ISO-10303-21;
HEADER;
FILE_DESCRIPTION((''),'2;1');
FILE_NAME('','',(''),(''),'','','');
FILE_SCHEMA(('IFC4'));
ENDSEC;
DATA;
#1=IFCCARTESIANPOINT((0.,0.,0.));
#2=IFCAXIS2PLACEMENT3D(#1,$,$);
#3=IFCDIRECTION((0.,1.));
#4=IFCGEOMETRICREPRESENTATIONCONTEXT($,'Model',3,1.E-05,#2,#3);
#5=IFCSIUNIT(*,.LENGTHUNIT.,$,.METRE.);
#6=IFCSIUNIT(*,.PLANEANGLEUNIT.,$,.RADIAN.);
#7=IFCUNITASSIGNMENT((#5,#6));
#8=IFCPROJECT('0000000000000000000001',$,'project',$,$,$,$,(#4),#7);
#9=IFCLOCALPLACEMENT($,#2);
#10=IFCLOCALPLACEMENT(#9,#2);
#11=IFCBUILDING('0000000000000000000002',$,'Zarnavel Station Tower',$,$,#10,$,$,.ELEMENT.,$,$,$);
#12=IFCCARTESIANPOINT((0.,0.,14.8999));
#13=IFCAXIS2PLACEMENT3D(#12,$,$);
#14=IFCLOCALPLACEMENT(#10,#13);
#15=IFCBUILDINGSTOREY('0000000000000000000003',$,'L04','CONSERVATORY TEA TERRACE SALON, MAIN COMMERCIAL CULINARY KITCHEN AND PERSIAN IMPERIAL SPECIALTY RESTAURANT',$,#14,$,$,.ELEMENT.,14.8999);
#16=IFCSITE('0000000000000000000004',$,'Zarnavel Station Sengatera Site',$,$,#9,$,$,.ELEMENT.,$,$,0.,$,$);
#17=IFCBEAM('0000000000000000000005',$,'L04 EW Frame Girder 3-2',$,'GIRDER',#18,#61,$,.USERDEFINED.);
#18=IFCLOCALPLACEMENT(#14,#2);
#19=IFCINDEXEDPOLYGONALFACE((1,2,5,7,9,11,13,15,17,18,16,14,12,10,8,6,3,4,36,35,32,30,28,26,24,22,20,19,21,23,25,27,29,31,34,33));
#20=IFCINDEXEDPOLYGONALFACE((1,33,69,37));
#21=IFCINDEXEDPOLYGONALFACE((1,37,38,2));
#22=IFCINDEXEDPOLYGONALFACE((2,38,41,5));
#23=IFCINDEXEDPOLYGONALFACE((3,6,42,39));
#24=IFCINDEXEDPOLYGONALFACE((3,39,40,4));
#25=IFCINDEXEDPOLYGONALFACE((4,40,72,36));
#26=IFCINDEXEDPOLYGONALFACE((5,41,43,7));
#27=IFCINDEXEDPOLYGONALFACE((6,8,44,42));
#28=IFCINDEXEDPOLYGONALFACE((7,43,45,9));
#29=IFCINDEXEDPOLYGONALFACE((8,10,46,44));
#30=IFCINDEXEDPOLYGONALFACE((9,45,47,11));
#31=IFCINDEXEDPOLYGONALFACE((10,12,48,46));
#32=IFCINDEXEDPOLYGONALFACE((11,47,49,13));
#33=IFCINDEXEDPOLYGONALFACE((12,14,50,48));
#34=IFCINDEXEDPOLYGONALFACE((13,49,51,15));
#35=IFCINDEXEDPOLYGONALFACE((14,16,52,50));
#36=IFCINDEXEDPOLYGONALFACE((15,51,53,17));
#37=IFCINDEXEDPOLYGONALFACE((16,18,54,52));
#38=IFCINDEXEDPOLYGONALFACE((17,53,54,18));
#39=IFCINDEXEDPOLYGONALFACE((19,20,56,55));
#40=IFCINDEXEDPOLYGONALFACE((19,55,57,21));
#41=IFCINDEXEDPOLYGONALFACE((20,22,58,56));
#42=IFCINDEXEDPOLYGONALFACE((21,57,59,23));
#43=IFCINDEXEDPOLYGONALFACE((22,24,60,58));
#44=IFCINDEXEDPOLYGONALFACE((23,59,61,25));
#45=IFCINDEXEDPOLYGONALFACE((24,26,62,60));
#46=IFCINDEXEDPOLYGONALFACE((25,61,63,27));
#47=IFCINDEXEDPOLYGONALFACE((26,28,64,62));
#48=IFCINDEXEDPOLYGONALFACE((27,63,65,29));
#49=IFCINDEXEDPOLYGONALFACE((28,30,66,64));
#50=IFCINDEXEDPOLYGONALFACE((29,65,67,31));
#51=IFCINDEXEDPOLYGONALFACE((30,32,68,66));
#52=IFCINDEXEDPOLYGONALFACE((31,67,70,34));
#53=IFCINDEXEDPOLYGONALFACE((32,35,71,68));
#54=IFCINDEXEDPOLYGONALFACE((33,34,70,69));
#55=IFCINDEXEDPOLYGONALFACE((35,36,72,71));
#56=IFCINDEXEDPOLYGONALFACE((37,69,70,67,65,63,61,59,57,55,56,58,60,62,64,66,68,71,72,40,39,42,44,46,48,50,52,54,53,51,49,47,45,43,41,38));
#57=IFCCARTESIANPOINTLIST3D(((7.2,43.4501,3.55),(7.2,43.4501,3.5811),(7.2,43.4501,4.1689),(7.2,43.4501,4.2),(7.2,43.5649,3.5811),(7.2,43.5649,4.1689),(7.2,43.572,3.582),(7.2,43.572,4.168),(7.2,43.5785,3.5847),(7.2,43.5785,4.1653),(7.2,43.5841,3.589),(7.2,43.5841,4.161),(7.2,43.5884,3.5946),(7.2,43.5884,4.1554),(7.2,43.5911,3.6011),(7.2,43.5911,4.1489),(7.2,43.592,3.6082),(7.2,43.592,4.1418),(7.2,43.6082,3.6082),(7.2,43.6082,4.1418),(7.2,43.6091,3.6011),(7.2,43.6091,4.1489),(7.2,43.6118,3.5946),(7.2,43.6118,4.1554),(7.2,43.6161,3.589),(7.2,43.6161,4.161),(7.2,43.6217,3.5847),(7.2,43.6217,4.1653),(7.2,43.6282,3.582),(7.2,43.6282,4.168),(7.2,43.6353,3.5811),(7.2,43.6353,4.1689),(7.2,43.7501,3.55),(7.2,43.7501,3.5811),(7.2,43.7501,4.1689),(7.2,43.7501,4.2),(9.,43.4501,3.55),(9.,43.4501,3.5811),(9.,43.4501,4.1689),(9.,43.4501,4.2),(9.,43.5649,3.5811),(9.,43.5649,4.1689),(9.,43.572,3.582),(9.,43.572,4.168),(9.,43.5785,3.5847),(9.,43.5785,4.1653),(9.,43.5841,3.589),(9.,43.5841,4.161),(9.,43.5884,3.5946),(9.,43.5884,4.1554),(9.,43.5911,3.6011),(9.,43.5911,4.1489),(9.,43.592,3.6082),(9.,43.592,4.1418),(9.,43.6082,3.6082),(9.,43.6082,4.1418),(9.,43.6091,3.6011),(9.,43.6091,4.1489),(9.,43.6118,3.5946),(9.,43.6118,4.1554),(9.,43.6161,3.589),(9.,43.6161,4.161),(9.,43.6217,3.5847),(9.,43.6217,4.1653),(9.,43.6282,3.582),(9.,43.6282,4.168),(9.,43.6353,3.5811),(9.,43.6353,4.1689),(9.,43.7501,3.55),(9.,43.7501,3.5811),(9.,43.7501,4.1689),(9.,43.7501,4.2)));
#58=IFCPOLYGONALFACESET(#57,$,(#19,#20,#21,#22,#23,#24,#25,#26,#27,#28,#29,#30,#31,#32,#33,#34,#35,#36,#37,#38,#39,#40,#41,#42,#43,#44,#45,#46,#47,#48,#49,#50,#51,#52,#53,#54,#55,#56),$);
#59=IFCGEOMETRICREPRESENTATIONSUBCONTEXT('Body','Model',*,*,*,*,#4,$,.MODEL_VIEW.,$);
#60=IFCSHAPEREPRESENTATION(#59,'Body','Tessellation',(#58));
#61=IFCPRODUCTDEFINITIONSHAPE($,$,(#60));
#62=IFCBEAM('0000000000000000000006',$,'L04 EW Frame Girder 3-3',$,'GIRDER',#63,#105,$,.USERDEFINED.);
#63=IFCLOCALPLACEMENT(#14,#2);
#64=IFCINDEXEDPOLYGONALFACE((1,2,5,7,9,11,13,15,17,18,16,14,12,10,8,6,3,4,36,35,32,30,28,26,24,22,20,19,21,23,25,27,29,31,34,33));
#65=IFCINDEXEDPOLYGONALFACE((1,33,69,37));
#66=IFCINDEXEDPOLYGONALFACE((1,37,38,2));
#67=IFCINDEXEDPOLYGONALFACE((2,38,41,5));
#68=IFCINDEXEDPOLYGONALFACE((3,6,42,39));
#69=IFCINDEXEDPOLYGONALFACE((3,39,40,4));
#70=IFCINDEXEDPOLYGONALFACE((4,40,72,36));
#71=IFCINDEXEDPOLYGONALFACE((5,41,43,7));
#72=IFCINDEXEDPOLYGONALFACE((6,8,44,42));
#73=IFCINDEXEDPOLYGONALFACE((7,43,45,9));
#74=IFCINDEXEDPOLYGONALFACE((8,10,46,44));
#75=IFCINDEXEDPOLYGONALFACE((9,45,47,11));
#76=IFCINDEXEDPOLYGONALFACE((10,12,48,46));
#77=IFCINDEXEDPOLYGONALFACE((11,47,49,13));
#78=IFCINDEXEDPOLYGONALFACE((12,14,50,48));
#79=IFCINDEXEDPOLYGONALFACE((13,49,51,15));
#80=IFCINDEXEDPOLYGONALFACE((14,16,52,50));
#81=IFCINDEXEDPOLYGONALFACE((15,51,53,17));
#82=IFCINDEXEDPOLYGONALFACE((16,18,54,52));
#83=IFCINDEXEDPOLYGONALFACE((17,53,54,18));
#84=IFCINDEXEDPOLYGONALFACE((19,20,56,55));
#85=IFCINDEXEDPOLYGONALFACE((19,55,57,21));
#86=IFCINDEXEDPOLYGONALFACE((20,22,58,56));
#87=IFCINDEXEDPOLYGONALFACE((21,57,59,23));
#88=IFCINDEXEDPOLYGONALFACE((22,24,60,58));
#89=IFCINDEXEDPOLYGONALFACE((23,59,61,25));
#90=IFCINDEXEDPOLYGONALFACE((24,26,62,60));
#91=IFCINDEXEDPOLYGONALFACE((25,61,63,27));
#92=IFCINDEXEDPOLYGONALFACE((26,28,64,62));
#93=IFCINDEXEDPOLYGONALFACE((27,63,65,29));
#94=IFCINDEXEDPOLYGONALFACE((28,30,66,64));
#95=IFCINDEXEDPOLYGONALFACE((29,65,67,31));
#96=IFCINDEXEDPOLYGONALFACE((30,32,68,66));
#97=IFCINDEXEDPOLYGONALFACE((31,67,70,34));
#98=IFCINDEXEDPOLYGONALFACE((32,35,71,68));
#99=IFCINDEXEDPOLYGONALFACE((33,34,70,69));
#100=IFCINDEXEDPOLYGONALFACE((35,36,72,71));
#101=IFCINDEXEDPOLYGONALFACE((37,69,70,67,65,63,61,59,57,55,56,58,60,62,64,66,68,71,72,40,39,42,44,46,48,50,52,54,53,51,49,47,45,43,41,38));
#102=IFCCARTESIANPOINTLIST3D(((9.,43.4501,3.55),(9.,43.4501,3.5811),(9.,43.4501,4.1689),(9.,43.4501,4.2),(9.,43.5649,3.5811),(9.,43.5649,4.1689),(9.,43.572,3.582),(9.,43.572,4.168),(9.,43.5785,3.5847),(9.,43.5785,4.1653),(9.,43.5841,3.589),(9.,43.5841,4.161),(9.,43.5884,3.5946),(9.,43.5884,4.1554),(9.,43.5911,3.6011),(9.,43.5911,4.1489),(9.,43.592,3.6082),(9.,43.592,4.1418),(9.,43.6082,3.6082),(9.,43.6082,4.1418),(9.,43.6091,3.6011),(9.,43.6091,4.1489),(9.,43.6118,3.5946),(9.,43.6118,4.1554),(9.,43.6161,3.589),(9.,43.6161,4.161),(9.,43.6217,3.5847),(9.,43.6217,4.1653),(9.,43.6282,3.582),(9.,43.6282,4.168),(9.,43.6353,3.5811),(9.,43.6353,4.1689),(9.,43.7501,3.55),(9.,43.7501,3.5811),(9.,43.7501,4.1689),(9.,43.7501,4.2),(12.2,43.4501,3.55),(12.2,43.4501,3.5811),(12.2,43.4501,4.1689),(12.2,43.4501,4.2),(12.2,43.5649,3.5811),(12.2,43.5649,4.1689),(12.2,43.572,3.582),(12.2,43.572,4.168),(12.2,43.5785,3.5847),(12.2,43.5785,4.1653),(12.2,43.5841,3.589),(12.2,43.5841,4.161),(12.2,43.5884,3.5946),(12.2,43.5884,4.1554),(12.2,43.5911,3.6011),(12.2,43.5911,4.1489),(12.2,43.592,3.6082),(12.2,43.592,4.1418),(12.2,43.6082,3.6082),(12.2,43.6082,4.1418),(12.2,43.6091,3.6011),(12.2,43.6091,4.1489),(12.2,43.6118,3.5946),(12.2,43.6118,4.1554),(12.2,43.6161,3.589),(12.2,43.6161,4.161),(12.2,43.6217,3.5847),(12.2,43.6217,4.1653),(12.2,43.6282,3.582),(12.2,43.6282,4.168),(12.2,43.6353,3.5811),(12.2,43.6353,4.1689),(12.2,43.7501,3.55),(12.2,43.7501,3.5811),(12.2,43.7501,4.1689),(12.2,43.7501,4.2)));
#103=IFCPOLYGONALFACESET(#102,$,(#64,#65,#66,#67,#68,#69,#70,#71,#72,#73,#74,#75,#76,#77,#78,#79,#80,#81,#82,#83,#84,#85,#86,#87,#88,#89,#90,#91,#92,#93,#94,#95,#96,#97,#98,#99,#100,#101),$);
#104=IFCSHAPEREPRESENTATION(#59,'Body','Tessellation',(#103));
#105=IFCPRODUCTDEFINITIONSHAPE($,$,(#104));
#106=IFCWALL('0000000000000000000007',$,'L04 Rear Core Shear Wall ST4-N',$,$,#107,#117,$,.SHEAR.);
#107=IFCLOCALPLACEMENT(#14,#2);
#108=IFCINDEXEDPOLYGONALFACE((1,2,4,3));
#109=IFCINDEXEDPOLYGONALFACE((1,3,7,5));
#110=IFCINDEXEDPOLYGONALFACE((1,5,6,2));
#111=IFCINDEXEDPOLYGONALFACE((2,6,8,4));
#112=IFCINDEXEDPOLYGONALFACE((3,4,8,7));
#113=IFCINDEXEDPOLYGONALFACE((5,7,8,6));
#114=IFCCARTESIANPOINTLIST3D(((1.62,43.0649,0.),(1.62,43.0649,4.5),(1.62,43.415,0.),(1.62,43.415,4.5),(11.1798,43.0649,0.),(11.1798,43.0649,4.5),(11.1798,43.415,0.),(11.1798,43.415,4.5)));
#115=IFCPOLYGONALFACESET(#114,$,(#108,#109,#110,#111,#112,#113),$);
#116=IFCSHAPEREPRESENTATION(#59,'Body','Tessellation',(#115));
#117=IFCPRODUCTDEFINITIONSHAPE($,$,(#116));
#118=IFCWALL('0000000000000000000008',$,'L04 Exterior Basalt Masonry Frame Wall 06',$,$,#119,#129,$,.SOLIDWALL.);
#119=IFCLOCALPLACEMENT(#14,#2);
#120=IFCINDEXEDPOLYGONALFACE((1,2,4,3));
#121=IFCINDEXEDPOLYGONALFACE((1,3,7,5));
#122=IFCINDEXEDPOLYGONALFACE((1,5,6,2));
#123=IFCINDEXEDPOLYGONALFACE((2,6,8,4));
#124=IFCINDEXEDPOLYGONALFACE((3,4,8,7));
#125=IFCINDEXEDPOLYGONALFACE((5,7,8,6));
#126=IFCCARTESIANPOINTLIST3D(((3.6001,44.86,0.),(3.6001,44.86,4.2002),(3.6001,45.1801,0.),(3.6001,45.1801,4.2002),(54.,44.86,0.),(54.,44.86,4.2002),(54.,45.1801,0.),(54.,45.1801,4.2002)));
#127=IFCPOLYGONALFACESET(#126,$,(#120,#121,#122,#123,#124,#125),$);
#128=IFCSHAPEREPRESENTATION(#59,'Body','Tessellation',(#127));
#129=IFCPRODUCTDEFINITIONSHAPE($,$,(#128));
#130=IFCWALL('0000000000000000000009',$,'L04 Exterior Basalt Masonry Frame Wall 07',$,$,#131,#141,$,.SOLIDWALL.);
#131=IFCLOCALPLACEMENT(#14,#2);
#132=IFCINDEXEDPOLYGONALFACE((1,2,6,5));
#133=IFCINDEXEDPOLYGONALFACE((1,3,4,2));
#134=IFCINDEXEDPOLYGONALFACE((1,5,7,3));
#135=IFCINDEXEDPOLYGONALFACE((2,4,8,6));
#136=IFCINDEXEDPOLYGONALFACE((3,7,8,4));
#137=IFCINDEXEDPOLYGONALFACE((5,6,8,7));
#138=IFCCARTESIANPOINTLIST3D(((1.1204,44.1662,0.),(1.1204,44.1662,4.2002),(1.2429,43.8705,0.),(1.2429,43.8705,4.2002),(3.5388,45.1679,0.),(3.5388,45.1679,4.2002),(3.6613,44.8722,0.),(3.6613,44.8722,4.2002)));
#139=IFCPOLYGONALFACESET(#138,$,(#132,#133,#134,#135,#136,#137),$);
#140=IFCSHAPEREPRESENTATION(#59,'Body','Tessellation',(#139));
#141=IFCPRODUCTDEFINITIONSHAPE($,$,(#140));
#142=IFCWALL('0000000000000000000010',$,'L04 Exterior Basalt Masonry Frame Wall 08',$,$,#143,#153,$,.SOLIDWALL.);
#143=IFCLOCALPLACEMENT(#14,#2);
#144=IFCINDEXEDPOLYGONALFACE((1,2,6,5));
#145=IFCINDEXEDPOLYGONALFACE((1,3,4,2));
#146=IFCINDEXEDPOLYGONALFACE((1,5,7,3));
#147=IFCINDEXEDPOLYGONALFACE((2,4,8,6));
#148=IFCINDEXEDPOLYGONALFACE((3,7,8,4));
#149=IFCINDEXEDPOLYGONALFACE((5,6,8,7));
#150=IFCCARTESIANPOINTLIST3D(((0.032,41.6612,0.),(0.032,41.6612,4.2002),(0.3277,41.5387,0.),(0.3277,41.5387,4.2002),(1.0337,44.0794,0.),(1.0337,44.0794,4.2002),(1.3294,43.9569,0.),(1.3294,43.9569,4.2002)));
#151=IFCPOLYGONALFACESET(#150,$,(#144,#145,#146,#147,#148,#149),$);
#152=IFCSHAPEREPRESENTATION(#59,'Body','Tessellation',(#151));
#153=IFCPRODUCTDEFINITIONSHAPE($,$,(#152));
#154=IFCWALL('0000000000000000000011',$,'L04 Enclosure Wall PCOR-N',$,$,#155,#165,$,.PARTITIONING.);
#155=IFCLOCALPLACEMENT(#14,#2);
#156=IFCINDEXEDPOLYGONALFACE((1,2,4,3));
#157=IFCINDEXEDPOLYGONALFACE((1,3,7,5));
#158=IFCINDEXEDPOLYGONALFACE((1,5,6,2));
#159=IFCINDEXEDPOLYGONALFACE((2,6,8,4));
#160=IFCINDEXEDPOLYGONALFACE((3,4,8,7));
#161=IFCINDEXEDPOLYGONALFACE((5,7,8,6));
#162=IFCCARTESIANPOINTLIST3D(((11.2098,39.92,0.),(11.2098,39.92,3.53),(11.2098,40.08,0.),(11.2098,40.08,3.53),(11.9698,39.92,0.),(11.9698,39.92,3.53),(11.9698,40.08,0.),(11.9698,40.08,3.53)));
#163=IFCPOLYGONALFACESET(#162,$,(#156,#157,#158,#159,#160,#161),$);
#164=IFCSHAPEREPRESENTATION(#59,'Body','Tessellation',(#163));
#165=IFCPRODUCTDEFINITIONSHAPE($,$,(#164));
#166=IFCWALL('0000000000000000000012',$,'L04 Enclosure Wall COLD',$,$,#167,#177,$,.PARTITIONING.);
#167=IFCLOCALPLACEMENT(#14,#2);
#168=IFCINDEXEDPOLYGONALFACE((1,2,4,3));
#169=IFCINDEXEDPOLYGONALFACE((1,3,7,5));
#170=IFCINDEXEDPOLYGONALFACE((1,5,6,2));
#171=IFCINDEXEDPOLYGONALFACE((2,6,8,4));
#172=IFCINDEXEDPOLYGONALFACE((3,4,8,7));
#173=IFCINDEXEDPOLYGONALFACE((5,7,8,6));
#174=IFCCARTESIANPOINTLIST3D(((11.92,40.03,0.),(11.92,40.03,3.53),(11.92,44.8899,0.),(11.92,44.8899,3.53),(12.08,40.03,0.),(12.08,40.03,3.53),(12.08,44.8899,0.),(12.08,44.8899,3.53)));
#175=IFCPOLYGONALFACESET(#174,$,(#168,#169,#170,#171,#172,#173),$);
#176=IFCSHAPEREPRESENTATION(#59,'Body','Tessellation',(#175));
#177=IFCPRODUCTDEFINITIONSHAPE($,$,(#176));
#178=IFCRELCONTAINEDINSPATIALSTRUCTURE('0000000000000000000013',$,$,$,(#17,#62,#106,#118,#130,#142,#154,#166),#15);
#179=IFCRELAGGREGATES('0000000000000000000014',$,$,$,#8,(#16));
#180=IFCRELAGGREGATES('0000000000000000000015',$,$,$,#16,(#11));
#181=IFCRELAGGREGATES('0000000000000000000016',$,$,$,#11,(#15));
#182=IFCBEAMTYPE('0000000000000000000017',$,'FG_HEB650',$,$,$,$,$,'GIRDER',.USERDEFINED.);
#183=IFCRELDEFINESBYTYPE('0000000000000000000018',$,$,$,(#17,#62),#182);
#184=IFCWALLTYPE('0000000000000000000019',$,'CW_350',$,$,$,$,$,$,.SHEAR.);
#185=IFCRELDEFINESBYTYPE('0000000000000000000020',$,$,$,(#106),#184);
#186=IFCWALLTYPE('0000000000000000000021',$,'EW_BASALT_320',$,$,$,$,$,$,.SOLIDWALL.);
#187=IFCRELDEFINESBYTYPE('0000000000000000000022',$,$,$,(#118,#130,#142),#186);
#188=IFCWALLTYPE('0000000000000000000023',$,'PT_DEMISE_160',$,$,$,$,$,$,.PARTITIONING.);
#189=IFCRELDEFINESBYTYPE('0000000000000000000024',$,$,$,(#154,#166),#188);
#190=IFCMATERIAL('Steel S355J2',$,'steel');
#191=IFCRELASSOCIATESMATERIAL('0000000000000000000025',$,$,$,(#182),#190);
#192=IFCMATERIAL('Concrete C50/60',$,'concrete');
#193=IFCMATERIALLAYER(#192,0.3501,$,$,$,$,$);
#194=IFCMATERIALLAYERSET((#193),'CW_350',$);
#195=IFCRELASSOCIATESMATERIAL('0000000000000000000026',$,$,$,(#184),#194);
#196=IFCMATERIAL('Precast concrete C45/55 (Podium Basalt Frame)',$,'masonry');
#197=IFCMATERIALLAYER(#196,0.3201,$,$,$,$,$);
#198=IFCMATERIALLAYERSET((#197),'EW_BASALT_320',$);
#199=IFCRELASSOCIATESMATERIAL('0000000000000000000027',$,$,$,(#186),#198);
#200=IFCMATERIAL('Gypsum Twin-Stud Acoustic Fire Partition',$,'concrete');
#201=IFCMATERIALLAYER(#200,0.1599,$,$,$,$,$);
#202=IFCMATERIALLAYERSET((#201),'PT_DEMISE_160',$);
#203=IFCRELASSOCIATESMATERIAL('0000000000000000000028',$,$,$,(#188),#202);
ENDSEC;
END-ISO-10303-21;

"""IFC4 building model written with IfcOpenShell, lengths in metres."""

from ifc_helpers import new_model, si_unit, direction, frame, frame_2d, origin, origin_2d, place, context, subcontext, project, spatial, rectangle, i_section, extrude, material, layer, layer_set, material_profile, profile_set, type_object, element, save


model = new_model("IFC4")

# Units and contexts
model_context = context("Model", 3, precision=1e-05, world=origin(), true_north=direction((0.0, 1.0)))
body_context = subcontext(model_context, "Body", "Model", "MODEL_VIEW")
ifc_project = project(units=[si_unit("LENGTHUNIT", "METRE"), si_unit("PLANEANGLEUNIT", "RADIAN")], contexts=[model_context])

# Site, building, storey
site_placement = place(None, origin())
site = spatial("IfcSite", under=ifc_project, at=site_placement, Name="Zarnavel Station Sengatera Site", CompositionType="ELEMENT", RefElevation=0.0)
building_placement = place(site_placement, origin())
building = spatial("IfcBuilding", under=site, at=building_placement, Name="Zarnavel Station Tower", CompositionType="ELEMENT")
storey_placement = place(building_placement, frame((0.0, 0.0, 14.8999)))
storey = spatial("IfcBuildingStorey", under=building, at=storey_placement, Name="L04", Description="CONSERVATORY TEA TERRACE SALON, MAIN COMMERCIAL CULINARY KITCHEN AND PERSIAN IMPERIAL SPECIALTY RESTAURANT", CompositionType="ELEMENT", Elevation=14.8999)

# Beams
ifc_material_1 = material(Name="Steel S355J2", Category="steel")
ifc_material_profile_1 = material_profile(ifc_material_1, i_section(OverallWidth=0.3, OverallDepth=0.6499, WebThickness=0.0161, FlangeThickness=0.031, FilletRadius=0.0271, at=origin_2d()), Name="HEB650")
ifc_profile_set_1 = profile_set([ifc_material_profile_1], Name="Steel S355J2")
beam_type = type_object("IfcBeamType", Name="FG_HEB650", ElementType="GIRDER", PredefinedType="USERDEFINED", material=ifc_profile_set_1)
beam_1_placement = place(storey_placement, frame((7.2, 43.6001, 3.875), z_axis=(1.0, 0.0, 0.0), x_axis=(0.0, 1.0, 0.0)))
element("IfcBeam", 1, at=beam_1_placement, inside=storey, type_object=beam_type, Name="L04 EW Frame Girder 3-2", ObjectType="GIRDER", PredefinedType="USERDEFINED", context=body_context, shape_type="SweptSolid", body=[
    extrude(i_section(OverallWidth=0.3, OverallDepth=0.6499, WebThickness=0.0161, FlangeThickness=0.031, FilletRadius=0.0271, at=origin_2d()), origin(), (0.0, 0.0, 1.0), 1.8),
])
beam_2_placement = place(storey_placement, frame((9.0, 43.6001, 3.875), z_axis=(1.0, 0.0, 0.0), x_axis=(0.0, 1.0, 0.0)))
element("IfcBeam", 2, at=beam_2_placement, inside=storey, type_object=beam_type, Name="L04 EW Frame Girder 3-3", ObjectType="GIRDER", PredefinedType="USERDEFINED", context=body_context, shape_type="SweptSolid", body=[
    extrude(i_section(OverallWidth=0.3, OverallDepth=0.6499, WebThickness=0.0161, FlangeThickness=0.031, FilletRadius=0.0271, at=origin_2d()), origin(), (0.0, 0.0, 1.0), 3.2),
])

# Walls
ifc_material_2 = material(Name="Concrete C50/60", Category="concrete")
ifc_layer_1 = layer(ifc_material_2, 0.3501)
ifc_layer_set_1 = layer_set([ifc_layer_1], Name="CW_350")
wall_type_1 = type_object("IfcWallType", Name="CW_350", PredefinedType="SHEAR", material=ifc_layer_set_1)
wall_1_placement = place(storey_placement, frame((1.6201, 43.24, 0.0), z_axis=(0.0, 0.0, 1.0), x_axis=(1.0, 0.0, 0.0)))
element("IfcWall", 3, at=wall_1_placement, inside=storey, type_object=wall_type_1, Name="L04 Rear Core Shear Wall ST4-N", PredefinedType="SHEAR", context=body_context, shape_type="SweptSolid", body=[
    extrude(rectangle(XDim=9.5598, YDim=0.3501, at=frame_2d((4.7798, 0.0))), origin(), (0.0, 0.0, 1.0), 4.5),
])
ifc_material_3 = material(Name="Precast concrete C45/55 (Podium Basalt Frame)", Category="masonry")
ifc_layer_2 = layer(ifc_material_3, 0.3201)
ifc_layer_set_2 = layer_set([ifc_layer_2], Name="EW_BASALT_320")
wall_type_2 = type_object("IfcWallType", Name="EW_BASALT_320", PredefinedType="SOLIDWALL", material=ifc_layer_set_2)
wall_2_placement = place(storey_placement, frame((3.6001, 45.02, 0.0), z_axis=(0.0, 0.0, 1.0), x_axis=(1.0, 0.0, 0.0)))
element("IfcWall", 4, at=wall_2_placement, inside=storey, type_object=wall_type_2, Name="L04 Exterior Basalt Masonry Frame Wall 06", PredefinedType="SOLIDWALL", context=body_context, shape_type="SweptSolid", body=[
    extrude(rectangle(XDim=50.3999, YDim=0.3201, at=frame_2d((25.2, 0.0))), origin(), (0.0, 0.0, 1.0), 4.2002),
])
wall_3_placement = place(storey_placement, frame((1.1816, 44.0183, 0.0), z_axis=(0.0, 0.0, 1.0), x_axis=(0.923886, 0.382668, 0.0)))
element("IfcWall", 5, at=wall_3_placement, inside=storey, type_object=wall_type_2, Name="L04 Exterior Basalt Masonry Frame Wall 07", PredefinedType="SOLIDWALL", context=body_context, shape_type="SweptSolid", body=[
    extrude(rectangle(XDim=2.6177, YDim=0.3201, at=frame_2d((1.3088, 0.0))), origin(), (0.0, 0.0, 1.0), 4.2002),
])
wall_4_placement = place(storey_placement, frame((0.1799, 41.6001, 0.0), z_axis=(0.0, 0.0, 1.0), x_axis=(0.382701, 0.923872, 0.0)))
element("IfcWall", 6, at=wall_4_placement, inside=storey, type_object=wall_type_2, Name="L04 Exterior Basalt Masonry Frame Wall 08", PredefinedType="SOLIDWALL", context=body_context, shape_type="SweptSolid", body=[
    extrude(rectangle(XDim=2.6174, YDim=0.3201, at=frame_2d((1.3086, 0.0))), origin(), (0.0, 0.0, 1.0), 4.2002),
])
ifc_material_4 = material(Name="Gypsum Twin-Stud Acoustic Fire Partition", Category="concrete")
ifc_layer_3 = layer(ifc_material_4, 0.1599)
ifc_layer_set_3 = layer_set([ifc_layer_3], Name="PT_DEMISE_160")
wall_type_3 = type_object("IfcWallType", Name="PT_DEMISE_160", PredefinedType="PARTITIONING", material=ifc_layer_set_3)
wall_5_placement = place(storey_placement, frame((11.21, 40.0, 0.0), z_axis=(0.0, 0.0, 1.0), x_axis=(1.0, 0.0, 0.0)))
element("IfcWall", 7, at=wall_5_placement, inside=storey, type_object=wall_type_3, Name="L04 Enclosure Wall PCOR-N", PredefinedType="PARTITIONING", context=body_context, shape_type="SweptSolid", body=[
    extrude(rectangle(XDim=0.76, YDim=0.1599, at=frame_2d((0.3799, 0.0))), origin(), (0.0, 0.0, 1.0), 3.53),
])
wall_6_placement = place(storey_placement, frame((12.0, 40.03, 0.0), z_axis=(0.0, 0.0, 1.0), x_axis=(0.0, 1.0, 0.0)))
element("IfcWall", 8, at=wall_6_placement, inside=storey, type_object=wall_type_3, Name="L04 Enclosure Wall COLD", PredefinedType="PARTITIONING", context=body_context, shape_type="SweptSolid", body=[
    extrude(rectangle(XDim=4.8599, YDim=0.1599, at=frame_2d((2.4299, 0.0))), origin(), (0.0, 0.0, 1.0), 3.53),
])

save(model, "model.ifc")
